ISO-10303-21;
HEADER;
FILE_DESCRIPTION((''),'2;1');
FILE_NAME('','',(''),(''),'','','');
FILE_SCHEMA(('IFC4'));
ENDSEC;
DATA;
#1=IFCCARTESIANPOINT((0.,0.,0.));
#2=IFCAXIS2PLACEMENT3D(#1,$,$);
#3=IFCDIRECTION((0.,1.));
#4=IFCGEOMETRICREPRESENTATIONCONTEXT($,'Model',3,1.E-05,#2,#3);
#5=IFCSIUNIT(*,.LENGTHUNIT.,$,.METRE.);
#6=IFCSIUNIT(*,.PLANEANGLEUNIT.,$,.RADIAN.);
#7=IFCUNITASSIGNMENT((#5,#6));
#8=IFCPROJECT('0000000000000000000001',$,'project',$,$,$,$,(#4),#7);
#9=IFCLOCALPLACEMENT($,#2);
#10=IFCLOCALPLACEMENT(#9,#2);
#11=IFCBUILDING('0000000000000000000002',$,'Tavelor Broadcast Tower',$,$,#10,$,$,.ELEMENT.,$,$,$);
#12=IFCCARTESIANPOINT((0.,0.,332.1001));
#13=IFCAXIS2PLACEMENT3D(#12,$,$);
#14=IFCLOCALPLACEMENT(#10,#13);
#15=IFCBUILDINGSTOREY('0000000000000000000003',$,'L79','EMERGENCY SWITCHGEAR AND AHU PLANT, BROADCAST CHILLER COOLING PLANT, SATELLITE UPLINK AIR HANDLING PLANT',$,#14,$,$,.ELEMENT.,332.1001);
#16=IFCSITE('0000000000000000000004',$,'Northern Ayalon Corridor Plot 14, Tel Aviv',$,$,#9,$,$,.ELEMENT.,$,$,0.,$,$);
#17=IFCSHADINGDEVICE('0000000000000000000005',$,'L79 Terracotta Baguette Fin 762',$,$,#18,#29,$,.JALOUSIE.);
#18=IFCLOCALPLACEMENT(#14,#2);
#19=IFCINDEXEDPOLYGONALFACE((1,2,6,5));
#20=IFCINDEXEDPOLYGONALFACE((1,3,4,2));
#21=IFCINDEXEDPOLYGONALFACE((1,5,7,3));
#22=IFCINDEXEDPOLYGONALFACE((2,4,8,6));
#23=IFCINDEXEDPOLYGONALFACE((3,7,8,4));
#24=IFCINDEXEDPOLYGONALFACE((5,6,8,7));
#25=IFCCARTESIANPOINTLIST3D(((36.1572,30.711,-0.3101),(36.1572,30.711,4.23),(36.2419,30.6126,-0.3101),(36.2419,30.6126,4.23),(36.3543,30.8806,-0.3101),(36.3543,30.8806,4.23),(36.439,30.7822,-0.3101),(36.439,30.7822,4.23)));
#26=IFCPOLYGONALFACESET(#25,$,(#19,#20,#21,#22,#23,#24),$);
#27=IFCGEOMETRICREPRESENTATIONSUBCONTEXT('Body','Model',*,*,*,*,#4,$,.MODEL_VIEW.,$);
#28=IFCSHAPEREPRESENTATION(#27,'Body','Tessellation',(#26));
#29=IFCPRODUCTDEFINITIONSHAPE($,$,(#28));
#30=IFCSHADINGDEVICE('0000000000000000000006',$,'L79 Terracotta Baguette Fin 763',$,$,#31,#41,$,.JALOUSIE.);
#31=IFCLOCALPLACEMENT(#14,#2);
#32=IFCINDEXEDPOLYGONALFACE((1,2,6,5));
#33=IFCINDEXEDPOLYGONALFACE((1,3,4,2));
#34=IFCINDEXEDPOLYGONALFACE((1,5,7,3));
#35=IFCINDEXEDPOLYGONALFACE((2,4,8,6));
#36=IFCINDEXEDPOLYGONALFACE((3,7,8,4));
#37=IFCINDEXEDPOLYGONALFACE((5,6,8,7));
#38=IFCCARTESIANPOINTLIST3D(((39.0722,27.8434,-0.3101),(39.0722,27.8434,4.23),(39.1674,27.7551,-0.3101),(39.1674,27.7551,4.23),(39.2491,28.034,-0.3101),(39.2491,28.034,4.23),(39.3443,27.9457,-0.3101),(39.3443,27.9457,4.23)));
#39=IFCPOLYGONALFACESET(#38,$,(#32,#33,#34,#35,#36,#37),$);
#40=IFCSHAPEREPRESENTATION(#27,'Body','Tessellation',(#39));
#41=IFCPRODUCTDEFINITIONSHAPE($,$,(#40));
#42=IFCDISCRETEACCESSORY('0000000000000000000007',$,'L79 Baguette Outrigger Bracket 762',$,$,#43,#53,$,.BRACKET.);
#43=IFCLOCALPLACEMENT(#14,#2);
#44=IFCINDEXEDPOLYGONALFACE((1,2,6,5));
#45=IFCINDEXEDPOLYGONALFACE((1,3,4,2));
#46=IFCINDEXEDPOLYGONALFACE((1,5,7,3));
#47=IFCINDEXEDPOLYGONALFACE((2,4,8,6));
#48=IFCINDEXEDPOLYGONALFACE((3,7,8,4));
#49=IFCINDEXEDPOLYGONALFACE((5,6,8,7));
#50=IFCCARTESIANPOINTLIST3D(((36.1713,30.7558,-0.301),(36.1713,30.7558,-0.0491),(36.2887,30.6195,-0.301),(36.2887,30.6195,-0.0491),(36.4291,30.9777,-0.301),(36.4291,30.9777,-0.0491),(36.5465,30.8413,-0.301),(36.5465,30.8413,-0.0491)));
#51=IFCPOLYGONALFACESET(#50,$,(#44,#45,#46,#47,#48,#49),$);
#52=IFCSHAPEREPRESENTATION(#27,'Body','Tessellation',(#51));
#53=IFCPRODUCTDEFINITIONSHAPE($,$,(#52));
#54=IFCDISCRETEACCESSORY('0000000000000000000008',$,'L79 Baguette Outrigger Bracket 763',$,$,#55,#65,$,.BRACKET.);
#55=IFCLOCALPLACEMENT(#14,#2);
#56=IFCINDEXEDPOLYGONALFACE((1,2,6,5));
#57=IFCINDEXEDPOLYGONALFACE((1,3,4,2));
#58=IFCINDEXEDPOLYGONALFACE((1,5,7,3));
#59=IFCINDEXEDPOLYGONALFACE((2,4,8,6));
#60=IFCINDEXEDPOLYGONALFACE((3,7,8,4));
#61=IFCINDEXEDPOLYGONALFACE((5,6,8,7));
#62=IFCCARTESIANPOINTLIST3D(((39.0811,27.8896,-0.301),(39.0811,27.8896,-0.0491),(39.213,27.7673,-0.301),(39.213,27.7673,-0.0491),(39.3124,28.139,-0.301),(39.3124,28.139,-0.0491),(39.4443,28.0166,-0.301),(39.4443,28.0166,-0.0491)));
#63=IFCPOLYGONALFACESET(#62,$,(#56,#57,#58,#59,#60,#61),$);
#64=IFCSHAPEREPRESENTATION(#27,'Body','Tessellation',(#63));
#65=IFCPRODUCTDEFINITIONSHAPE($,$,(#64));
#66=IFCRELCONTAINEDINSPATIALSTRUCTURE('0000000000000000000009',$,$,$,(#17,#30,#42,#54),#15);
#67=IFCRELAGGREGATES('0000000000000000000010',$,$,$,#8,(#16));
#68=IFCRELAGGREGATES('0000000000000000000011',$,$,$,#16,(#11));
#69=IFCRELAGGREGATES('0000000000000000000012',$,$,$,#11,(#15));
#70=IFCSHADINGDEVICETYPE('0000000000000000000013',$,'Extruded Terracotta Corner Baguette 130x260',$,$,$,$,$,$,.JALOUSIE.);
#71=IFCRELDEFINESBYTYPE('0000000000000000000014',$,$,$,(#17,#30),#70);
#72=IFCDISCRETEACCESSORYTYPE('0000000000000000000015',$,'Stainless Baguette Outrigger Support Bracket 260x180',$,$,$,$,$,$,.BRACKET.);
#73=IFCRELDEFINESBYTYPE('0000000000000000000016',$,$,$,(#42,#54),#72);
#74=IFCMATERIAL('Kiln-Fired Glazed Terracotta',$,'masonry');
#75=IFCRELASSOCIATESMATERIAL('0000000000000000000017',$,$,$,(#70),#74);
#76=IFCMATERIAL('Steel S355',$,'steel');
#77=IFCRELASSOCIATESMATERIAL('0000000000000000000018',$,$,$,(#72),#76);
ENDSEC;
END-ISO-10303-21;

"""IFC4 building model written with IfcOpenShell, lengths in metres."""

from ifc_helpers import new_model, si_unit, direction, frame, origin, origin_2d, place, context, subcontext, project, spatial, rectangle, extrude, source, transform, mapped, material, type_object, type_shapes, element, save


model = new_model("IFC4")

# Units and contexts
model_context = context("Model", 3, precision=1e-05, world=origin(), true_north=direction((0.0, 1.0)))
body_context = subcontext(model_context, "Body", "Model", "MODEL_VIEW")
ifc_project = project(units=[si_unit("LENGTHUNIT", "METRE"), si_unit("PLANEANGLEUNIT", "RADIAN")], contexts=[model_context])

# Site, building, storey
site_placement = place(None, origin())
site = spatial("IfcSite", under=ifc_project, at=site_placement, Name="Northern Ayalon Corridor Plot 14, Tel Aviv", CompositionType="ELEMENT", RefElevation=0.0)
building_placement = place(site_placement, origin())
building = spatial("IfcBuilding", under=site, at=building_placement, Name="Tavelor Broadcast Tower", CompositionType="ELEMENT")
storey_placement = place(building_placement, frame((0.0, 0.0, 332.1001)))
storey = spatial("IfcBuildingStorey", under=building, at=storey_placement, Name="L79", Description="EMERGENCY SWITCHGEAR AND AHU PLANT, BROADCAST CHILLER COOLING PLANT, SATELLITE UPLINK AIR HANDLING PLANT", CompositionType="ELEMENT", Elevation=332.1001)

# Shared definitions
ifc_material_1 = material(Name="Steel S355", Category="steel")

# Shading devices
ifc_material_2 = material(Name="Kiln-Fired Glazed Terracotta", Category="masonry")
shading_device_type = type_object("IfcShadingDeviceType", Name="Extruded Terracotta Corner Baguette 130x260", PredefinedType="JALOUSIE", material=ifc_material_2)
shared_shape_1 = source(origin(), body_context, "Body", "SweptSolid", [
    extrude(rectangle(XDim=0.1299, YDim=0.26, at=origin_2d()), origin(), (0.0, 0.0, 1.0), 4.54),
])
type_shapes(shading_device_type, [shared_shape_1])
for number, where, z_axis, x_axis, name in (
    (1, (36.2981, 30.7466, -0.3101), (0.0, 0.0, 1.0), (0.652363, -0.757907, 0.0), "L79 Terracotta Baguette Fin 762"),
    (2, (39.2083, 27.8945, -0.3101), (0.0, 0.0, 1.0), (0.733137, -0.680081, 0.0), "L79 Terracotta Baguette Fin 763"),
):
    element("IfcShadingDevice", number, at=place(storey_placement, frame(where, z_axis=z_axis, x_axis=x_axis)), inside=storey, type_object=shading_device_type, Name=name, PredefinedType="JALOUSIE", context=body_context, shape_type="MappedRepresentation", body=[
        mapped(shared_shape_1, transform((0.0, 0.0, 0.0), scale=1.0)),
    ])

# Discrete accessories
discrete_accessory_type = type_object("IfcDiscreteAccessoryType", Name="Stainless Baguette Outrigger Support Bracket 260x180", PredefinedType="BRACKET", material=ifc_material_1)
shared_shape_2 = source(origin(), body_context, "Body", "SweptSolid", [
    extrude(rectangle(XDim=0.1799, YDim=0.3401, at=origin_2d()), origin(), (0.0, 0.0, 1.0), 0.252),
])
type_shapes(discrete_accessory_type, [shared_shape_2])
for number, where, z_axis, x_axis, name in (
    (3, (36.3589, 30.7986, -0.301), (0.0, 0.0, 1.0), (0.652363, -0.757907, 0.0), "L79 Baguette Outrigger Bracket 762"),
    (4, (39.2627, 27.9531, -0.301), (0.0, 0.0, 1.0), (0.733137, -0.680081, 0.0), "L79 Baguette Outrigger Bracket 763"),
):
    element("IfcDiscreteAccessory", number, at=place(storey_placement, frame(where, z_axis=z_axis, x_axis=x_axis)), inside=storey, type_object=discrete_accessory_type, Name=name, PredefinedType="BRACKET", context=body_context, shape_type="MappedRepresentation", body=[
        mapped(shared_shape_2, transform((0.0, 0.0, 0.0), scale=1.0)),
    ])

save(model, "model.ifc")
